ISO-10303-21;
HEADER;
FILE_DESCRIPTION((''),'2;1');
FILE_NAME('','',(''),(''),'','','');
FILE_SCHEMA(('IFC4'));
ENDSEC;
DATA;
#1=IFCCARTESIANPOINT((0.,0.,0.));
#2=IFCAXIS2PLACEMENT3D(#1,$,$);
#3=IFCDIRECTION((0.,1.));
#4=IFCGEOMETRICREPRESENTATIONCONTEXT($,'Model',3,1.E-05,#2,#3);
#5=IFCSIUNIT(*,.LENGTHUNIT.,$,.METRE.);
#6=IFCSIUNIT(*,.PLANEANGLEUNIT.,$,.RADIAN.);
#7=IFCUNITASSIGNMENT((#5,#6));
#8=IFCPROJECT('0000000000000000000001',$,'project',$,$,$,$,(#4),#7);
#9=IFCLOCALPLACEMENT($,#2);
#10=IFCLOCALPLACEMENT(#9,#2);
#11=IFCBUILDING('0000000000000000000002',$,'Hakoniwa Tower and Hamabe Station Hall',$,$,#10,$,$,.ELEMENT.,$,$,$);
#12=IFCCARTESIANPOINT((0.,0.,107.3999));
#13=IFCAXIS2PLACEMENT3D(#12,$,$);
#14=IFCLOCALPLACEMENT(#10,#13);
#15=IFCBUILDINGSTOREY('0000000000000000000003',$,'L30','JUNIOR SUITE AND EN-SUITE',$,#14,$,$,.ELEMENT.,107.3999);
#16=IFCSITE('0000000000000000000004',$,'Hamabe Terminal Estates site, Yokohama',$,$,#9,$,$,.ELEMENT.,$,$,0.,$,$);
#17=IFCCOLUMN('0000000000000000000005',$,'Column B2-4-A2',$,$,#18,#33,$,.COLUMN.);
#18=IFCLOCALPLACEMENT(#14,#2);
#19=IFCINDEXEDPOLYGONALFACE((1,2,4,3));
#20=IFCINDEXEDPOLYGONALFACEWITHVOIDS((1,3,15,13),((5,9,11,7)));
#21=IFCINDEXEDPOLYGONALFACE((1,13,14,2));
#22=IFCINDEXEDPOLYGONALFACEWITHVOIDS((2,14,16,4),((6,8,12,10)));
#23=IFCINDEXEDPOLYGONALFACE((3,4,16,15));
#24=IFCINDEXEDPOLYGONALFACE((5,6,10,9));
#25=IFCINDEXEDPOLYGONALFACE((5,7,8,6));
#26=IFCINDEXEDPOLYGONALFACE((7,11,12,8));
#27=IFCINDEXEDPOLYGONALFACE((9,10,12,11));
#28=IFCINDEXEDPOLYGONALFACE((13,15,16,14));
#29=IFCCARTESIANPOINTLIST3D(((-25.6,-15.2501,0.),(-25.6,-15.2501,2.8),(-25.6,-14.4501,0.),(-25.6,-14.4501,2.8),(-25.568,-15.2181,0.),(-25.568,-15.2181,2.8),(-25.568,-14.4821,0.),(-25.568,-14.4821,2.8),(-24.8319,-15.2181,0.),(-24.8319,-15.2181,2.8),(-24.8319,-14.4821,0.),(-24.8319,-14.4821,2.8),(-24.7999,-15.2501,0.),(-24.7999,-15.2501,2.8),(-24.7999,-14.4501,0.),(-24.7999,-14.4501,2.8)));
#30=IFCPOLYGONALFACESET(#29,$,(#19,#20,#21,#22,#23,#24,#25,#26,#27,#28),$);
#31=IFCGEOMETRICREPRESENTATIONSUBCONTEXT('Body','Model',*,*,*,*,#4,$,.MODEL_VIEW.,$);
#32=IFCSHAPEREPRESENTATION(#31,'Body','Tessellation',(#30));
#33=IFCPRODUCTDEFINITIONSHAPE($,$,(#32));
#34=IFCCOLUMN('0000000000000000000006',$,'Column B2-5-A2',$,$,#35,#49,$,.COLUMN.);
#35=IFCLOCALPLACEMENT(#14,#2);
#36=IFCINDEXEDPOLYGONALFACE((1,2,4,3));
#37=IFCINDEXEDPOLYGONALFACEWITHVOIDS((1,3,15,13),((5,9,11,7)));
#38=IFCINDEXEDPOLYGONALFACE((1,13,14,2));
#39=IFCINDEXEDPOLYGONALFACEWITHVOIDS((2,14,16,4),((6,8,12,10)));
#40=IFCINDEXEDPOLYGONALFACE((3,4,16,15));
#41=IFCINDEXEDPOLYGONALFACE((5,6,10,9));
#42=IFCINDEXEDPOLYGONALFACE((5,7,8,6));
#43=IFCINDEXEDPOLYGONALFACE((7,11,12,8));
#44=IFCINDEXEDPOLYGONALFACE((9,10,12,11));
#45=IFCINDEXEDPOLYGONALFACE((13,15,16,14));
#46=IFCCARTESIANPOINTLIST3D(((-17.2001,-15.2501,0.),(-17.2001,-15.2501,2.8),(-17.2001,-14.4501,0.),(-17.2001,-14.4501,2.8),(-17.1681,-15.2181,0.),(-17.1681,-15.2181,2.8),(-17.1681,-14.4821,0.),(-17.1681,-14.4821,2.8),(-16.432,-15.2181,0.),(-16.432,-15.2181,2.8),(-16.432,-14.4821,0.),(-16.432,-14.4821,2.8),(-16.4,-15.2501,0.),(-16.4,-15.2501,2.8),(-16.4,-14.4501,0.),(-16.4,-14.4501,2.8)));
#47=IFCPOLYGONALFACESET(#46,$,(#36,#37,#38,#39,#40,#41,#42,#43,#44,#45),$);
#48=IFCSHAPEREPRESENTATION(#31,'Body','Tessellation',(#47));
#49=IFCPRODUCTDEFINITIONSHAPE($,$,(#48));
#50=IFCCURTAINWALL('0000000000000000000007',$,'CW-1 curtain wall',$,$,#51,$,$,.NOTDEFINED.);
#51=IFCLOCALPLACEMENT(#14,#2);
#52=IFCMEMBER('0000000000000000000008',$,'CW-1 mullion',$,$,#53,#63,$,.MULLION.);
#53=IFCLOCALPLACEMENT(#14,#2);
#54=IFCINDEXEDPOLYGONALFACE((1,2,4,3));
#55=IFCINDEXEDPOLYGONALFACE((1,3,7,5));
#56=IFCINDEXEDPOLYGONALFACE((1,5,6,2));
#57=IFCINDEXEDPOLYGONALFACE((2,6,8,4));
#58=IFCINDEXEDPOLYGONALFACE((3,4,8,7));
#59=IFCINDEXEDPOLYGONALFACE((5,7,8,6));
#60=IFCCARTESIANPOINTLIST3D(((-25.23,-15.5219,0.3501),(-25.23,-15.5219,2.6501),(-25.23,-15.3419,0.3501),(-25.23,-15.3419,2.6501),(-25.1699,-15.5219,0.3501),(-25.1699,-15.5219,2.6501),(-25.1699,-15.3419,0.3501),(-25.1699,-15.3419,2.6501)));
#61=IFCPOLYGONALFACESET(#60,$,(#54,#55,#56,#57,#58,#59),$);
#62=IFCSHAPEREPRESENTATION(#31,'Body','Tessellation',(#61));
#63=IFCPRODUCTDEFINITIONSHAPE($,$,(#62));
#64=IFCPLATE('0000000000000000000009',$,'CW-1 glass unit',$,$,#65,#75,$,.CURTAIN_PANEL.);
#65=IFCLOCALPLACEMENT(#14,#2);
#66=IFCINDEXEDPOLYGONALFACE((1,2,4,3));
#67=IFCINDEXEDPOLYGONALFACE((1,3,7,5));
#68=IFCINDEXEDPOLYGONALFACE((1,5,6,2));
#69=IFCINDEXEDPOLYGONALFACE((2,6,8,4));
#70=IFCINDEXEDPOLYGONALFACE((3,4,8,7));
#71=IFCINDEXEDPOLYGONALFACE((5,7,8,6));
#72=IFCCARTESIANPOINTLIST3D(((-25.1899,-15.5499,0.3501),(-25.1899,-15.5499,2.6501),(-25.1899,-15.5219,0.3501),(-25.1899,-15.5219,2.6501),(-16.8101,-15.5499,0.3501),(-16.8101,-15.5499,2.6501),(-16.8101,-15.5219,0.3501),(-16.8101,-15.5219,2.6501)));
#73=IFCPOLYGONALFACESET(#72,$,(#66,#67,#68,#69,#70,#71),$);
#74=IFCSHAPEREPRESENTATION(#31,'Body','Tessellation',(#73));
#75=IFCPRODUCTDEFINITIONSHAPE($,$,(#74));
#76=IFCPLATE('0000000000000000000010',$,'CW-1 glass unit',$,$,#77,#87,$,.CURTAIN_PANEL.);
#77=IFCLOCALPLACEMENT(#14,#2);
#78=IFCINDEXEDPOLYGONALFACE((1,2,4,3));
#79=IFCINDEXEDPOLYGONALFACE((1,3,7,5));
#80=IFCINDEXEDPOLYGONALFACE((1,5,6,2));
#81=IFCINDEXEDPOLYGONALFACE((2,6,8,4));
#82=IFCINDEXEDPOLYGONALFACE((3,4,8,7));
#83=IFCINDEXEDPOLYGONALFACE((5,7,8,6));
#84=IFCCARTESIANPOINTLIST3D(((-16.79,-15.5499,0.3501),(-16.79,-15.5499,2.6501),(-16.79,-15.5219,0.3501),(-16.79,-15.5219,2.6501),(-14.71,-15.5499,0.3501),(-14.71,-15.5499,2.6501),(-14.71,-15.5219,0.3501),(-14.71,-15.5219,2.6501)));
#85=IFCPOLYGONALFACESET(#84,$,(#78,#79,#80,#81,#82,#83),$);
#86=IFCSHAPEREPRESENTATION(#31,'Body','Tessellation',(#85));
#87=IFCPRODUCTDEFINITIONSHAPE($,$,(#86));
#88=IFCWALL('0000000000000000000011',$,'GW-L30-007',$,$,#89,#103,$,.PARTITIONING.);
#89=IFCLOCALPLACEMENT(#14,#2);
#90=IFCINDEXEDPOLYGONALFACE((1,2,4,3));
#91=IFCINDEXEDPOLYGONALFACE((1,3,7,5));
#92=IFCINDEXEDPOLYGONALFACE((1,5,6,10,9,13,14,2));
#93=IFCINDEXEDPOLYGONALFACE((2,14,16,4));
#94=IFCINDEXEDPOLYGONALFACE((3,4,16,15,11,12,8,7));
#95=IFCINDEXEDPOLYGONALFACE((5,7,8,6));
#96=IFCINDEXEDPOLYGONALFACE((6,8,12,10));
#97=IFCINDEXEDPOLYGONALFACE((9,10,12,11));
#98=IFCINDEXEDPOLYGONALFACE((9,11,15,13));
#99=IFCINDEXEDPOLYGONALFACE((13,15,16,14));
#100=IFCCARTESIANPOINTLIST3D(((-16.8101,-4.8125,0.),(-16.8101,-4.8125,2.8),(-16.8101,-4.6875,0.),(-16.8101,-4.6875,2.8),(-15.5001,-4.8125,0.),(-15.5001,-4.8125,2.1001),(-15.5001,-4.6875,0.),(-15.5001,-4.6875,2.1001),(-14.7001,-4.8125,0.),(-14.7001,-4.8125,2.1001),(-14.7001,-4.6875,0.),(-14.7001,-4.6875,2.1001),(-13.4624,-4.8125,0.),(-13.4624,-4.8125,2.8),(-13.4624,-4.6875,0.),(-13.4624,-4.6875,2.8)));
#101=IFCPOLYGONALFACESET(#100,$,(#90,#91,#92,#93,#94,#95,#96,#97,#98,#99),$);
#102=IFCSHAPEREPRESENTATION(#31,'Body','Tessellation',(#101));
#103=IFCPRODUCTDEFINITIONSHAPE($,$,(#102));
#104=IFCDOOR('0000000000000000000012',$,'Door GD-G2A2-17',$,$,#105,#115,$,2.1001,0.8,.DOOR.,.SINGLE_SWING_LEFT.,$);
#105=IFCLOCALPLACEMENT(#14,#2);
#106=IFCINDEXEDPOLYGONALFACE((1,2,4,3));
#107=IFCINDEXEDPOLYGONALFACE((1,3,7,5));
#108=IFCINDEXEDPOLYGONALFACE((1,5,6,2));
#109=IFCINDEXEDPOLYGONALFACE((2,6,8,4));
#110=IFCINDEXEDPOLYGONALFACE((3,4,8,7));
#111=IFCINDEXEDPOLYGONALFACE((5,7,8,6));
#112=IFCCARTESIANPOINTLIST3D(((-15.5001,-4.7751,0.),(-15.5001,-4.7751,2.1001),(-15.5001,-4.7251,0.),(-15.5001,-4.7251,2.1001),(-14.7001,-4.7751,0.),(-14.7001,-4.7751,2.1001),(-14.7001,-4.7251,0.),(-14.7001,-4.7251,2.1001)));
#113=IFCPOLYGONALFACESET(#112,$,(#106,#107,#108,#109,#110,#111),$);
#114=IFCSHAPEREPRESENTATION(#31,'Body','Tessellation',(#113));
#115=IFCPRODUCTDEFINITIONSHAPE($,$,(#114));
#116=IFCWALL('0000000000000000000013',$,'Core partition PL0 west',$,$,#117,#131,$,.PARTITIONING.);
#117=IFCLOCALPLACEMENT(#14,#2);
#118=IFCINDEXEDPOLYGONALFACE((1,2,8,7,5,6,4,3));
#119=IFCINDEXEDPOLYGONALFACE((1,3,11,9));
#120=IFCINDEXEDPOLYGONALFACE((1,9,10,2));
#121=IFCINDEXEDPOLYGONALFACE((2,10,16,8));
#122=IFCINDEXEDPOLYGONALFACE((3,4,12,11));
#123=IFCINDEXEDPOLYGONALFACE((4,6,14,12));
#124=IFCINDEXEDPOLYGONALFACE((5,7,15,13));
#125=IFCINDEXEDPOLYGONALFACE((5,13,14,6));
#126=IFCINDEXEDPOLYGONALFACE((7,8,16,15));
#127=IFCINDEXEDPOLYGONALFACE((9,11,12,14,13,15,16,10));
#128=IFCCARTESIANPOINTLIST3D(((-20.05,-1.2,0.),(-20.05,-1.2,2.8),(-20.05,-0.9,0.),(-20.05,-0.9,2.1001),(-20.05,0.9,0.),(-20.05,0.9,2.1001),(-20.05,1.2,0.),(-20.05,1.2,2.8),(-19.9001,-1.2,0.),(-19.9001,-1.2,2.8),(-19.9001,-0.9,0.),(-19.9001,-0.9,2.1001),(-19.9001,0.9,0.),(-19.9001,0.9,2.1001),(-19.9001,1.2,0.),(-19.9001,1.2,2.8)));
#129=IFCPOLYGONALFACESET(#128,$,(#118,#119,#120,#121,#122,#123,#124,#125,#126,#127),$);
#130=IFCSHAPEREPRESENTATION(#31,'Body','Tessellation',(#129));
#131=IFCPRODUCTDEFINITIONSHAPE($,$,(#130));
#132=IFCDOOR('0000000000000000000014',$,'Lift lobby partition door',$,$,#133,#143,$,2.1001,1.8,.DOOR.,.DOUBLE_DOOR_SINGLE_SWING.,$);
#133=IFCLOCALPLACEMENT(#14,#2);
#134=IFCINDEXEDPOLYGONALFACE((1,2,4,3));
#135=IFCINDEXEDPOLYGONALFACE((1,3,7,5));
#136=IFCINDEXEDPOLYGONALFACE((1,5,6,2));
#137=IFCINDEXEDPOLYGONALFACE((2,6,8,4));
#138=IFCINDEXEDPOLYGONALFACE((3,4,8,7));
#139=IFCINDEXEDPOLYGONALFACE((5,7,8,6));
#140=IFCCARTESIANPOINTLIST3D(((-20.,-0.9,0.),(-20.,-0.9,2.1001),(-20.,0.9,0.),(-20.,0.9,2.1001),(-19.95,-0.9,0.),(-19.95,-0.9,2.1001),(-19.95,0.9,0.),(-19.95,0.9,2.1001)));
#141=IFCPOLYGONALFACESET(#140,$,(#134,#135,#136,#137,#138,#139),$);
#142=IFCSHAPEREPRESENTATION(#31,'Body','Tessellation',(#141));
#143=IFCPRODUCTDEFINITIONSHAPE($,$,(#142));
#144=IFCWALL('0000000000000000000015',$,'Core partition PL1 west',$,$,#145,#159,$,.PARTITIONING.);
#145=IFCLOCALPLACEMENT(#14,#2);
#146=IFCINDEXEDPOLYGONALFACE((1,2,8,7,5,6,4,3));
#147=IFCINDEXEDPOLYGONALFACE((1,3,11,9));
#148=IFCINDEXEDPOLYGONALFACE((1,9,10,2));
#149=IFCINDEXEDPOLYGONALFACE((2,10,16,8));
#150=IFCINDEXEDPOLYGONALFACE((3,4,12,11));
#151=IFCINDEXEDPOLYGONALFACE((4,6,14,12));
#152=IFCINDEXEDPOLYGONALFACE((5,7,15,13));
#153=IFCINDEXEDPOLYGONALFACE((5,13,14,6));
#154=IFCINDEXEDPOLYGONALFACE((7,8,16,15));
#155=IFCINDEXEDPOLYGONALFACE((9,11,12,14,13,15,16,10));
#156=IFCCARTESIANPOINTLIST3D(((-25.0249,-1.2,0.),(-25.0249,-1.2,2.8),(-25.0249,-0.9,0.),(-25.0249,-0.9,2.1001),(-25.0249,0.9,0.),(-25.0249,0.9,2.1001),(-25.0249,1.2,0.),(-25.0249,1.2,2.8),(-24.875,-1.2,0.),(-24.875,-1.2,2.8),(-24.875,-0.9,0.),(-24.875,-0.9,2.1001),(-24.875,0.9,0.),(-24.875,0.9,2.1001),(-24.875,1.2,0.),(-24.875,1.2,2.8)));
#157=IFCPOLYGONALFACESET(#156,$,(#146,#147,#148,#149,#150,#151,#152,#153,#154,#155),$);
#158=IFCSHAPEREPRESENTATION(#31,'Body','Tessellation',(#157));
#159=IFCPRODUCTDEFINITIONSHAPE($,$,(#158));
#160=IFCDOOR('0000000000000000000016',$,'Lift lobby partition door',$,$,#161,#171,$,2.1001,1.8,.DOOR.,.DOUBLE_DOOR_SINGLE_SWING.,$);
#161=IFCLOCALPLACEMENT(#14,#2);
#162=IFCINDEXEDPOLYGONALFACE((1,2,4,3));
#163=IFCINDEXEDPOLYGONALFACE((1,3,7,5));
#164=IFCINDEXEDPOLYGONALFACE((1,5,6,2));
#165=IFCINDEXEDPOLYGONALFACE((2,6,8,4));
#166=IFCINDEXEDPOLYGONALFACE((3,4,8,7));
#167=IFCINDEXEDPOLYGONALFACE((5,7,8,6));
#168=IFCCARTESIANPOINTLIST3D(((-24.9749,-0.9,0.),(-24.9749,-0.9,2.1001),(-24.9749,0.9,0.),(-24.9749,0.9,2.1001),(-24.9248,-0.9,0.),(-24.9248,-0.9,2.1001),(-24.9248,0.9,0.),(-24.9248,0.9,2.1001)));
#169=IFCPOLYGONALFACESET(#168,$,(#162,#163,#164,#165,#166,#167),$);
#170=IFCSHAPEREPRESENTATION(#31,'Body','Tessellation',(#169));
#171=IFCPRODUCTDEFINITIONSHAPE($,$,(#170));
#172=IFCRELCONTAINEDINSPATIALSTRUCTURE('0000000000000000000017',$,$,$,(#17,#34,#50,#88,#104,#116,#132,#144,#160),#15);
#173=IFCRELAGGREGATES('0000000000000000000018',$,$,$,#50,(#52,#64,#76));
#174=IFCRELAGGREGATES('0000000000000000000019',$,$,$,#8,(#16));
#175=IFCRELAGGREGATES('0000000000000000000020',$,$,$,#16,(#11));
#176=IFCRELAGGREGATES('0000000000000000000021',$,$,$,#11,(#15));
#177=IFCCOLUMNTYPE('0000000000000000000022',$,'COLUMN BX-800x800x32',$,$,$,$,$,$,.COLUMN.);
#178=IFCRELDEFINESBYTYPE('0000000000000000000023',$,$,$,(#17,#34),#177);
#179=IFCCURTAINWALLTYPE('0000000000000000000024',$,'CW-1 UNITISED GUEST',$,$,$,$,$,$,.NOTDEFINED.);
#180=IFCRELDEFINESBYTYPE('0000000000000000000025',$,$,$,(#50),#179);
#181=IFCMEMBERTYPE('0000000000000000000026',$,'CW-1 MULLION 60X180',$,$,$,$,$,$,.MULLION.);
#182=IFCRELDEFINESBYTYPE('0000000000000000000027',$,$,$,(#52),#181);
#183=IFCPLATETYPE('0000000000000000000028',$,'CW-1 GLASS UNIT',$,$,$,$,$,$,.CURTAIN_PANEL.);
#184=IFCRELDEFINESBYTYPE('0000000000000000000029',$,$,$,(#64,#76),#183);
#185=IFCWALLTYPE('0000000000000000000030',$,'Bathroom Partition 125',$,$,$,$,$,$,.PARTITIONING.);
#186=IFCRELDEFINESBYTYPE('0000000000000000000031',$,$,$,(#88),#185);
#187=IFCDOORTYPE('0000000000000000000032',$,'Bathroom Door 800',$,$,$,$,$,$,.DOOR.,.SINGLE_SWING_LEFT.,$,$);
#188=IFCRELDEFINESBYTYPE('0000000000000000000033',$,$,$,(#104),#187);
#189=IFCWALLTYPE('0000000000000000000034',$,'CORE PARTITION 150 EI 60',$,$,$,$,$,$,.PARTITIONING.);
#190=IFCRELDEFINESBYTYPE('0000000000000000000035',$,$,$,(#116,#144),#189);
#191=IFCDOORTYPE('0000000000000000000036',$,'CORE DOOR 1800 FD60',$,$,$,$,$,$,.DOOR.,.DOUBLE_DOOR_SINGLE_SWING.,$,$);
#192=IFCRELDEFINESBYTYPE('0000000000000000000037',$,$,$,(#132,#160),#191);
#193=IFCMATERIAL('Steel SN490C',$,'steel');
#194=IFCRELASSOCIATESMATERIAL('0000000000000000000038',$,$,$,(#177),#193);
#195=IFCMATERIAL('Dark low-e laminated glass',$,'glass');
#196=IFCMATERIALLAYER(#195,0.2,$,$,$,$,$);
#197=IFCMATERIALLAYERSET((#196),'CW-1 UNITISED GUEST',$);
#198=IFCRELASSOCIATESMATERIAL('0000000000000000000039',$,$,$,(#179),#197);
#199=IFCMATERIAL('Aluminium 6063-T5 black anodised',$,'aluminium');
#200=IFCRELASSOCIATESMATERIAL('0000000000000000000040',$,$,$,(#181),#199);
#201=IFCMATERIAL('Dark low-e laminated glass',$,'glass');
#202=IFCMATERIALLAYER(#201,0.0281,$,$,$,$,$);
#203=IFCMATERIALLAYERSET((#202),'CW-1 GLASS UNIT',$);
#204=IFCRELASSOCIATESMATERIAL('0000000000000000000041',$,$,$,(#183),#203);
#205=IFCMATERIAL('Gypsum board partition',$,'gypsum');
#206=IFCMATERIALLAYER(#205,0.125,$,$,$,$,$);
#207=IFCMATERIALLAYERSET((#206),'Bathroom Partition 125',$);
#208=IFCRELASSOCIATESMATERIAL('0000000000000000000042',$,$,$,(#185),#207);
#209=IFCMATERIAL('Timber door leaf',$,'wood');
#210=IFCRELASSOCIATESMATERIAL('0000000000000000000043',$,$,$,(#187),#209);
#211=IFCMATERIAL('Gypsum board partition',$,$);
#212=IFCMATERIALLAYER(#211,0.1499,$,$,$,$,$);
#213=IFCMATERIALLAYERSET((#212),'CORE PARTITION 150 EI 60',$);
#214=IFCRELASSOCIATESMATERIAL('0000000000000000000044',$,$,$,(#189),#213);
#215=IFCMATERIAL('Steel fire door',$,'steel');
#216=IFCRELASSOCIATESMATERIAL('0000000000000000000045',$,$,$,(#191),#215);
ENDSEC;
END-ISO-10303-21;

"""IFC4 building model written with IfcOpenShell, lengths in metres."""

from ifc_helpers import new_model, si_unit, direction, frame, frame_2d, origin, origin_2d, place, context, subcontext, project, spatial, rectangle, hollow_rectangle, extrude, material, layer, layer_set, material_profile, profile_set, type_object, element, fill, aggregate, save


model = new_model("IFC4")

# Units and contexts
model_context = context("Model", 3, precision=1e-05, world=origin(), true_north=direction((0.0, 1.0)))
body_context = subcontext(model_context, "Body", "Model", "MODEL_VIEW")
ifc_project = project(units=[si_unit("LENGTHUNIT", "METRE"), si_unit("PLANEANGLEUNIT", "RADIAN")], contexts=[model_context])

# Site, building, storey
site_placement = place(None, origin())
site = spatial("IfcSite", under=ifc_project, at=site_placement, Name="Hamabe Terminal Estates site, Yokohama", CompositionType="ELEMENT", RefElevation=0.0)
building_placement = place(site_placement, origin())
building = spatial("IfcBuilding", under=site, at=building_placement, Name="Hakoniwa Tower and Hamabe Station Hall", CompositionType="ELEMENT")
storey_placement = place(building_placement, frame((0.0, 0.0, 107.3999)))
storey = spatial("IfcBuildingStorey", under=building, at=storey_placement, Name="L30", Description="JUNIOR SUITE AND EN-SUITE", CompositionType="ELEMENT", Elevation=107.3999)

# Columns
ifc_material_1 = material(Name="Steel SN490C", Category="steel")
ifc_material_profile_1 = material_profile(ifc_material_1, hollow_rectangle(XDim=0.8, YDim=0.8, WallThickness=0.032, at=origin_2d()), Name="BX-800x800x32")
ifc_profile_set_1 = profile_set([ifc_material_profile_1], Name="Steel SN490C")
column_type = type_object("IfcColumnType", Name="COLUMN BX-800x800x32", PredefinedType="COLUMN", material=ifc_profile_set_1)
for number, where, z_axis, x_axis, name in (
    (1, (-25.2, -14.8501, 0.0), (0.0, 0.0, 1.0), (1.0, 0.0, 0.0), "Column B2-4-A2"),
    (2, (-16.8, -14.8501, 0.0), (0.0, 0.0, 1.0), (1.0, 0.0, 0.0), "Column B2-5-A2"),
):
    element("IfcColumn", number, at=place(storey_placement, frame(where, z_axis=z_axis, x_axis=x_axis)), inside=storey, type_object=column_type, Name=name, PredefinedType="COLUMN", context=body_context, shape_type="SweptSolid", body=[
        extrude(hollow_rectangle(XDim=0.8, YDim=0.8, WallThickness=0.032, at=origin_2d()), origin(), (0.0, 0.0, 1.0), 2.8),
    ])

# Curtain wall, member, plates
ifc_material_2 = material(Name="Dark low-e laminated glass", Category="glass")
ifc_layer_1 = layer(ifc_material_2, 0.2)
ifc_layer_set_1 = layer_set([ifc_layer_1], Name="CW-1 UNITISED GUEST")
curtain_wall_type = type_object("IfcCurtainWallType", Name="CW-1 UNITISED GUEST", PredefinedType="NOTDEFINED", material=ifc_layer_set_1)
curtain_wall_placement = place(storey_placement, origin())
curtain_wall = element("IfcCurtainWall", 3, at=curtain_wall_placement, inside=storey, type_object=curtain_wall_type, Name="CW-1 curtain wall", PredefinedType="NOTDEFINED")
ifc_material_3 = material(Name="Aluminium 6063-T5 black anodised", Category="aluminium")
ifc_material_profile_2 = material_profile(ifc_material_3, rectangle(XDim=0.0601, YDim=0.1799, at=origin_2d()), Name="CW-1 MULLION 60X180")
ifc_profile_set_2 = profile_set([ifc_material_profile_2], Name="Aluminium 6063-T5 black anodised")
member_type = type_object("IfcMemberType", Name="CW-1 MULLION 60X180", PredefinedType="MULLION", material=ifc_profile_set_2)
member_placement = place(storey_placement, frame((-25.2, -15.4319, 0.3501), z_axis=(0.0, 0.0, 1.0), x_axis=(1.0, 0.0, 0.0)))
member = element("IfcMember", 4, at=member_placement, type_object=member_type, Name="CW-1 mullion", PredefinedType="MULLION", context=body_context, shape_type="SweptSolid", body=[
    extrude(rectangle(XDim=0.0601, YDim=0.1799, at=origin_2d()), origin(), (0.0, 0.0, 1.0), 2.3),
])
ifc_material_4 = material(Name="Dark low-e laminated glass", Category="glass")
ifc_layer_2 = layer(ifc_material_4, 0.0281)
ifc_layer_set_2 = layer_set([ifc_layer_2], Name="CW-1 GLASS UNIT")
plate_type = type_object("IfcPlateType", Name="CW-1 GLASS UNIT", PredefinedType="CURTAIN_PANEL", material=ifc_layer_set_2)
plate_1_placement = place(storey_placement, frame((-21.0, -15.5359, 0.3501), z_axis=(0.0, 0.0, 1.0), x_axis=(1.0, 0.0, 0.0)))
plate_1 = element("IfcPlate", 5, at=plate_1_placement, type_object=plate_type, Name="CW-1 glass unit", PredefinedType="CURTAIN_PANEL", context=body_context, shape_type="SweptSolid", body=[
    extrude(rectangle(XDim=8.3799, YDim=0.0281, at=origin_2d()), origin(), (0.0, 0.0, 1.0), 2.3),
])
plate_2_placement = place(storey_placement, frame((-15.75, -15.5359, 0.3501), z_axis=(0.0, 0.0, 1.0), x_axis=(1.0, 0.0, 0.0)))
plate_2 = element("IfcPlate", 6, at=plate_2_placement, type_object=plate_type, Name="CW-1 glass unit", PredefinedType="CURTAIN_PANEL", context=body_context, shape_type="SweptSolid", body=[
    extrude(rectangle(XDim=2.0801, YDim=0.0281, at=origin_2d()), origin(), (0.0, 0.0, 1.0), 2.3),
])
aggregate(curtain_wall, [member, plate_1, plate_2])

# Walls, openings, doors
ifc_material_5 = material(Name="Gypsum board partition", Category="gypsum")
ifc_layer_3 = layer(ifc_material_5, 0.125)
ifc_layer_set_3 = layer_set([ifc_layer_3], Name="Bathroom Partition 125")
wall_type_1 = type_object("IfcWallType", Name="Bathroom Partition 125", PredefinedType="PARTITIONING", material=ifc_layer_set_3)
wall_1_placement = place(storey_placement, frame((-16.8101, -4.75, 0.0), z_axis=(0.0, 0.0, 1.0), x_axis=(1.0, 0.0, 0.0)))
wall_1 = element("IfcWall", 7, at=wall_1_placement, inside=storey, type_object=wall_type_1, Name="GW-L30-007", PredefinedType="PARTITIONING", context=body_context, shape_type="SweptSolid", body=[
    extrude(rectangle(XDim=3.3477, YDim=0.125, at=frame_2d((1.6738, 0.0))), origin(), (0.0, 0.0, 1.0), 2.8),
])
opening_1_placement = place(wall_1_placement, frame((1.3101, 0.0, 0.0)))
opening_1 = element("IfcOpeningElement", 8, at=opening_1_placement, cuts=wall_1, PredefinedType="OPENING", context=body_context, shape_type="SweptSolid", body=[
    extrude(rectangle(XDim=0.8, YDim=2.1001, at=frame_2d((0.3999, 1.05))), frame((0.0, 0.0725, 0.0), z_axis=(0.0, -1.0, 0.0), x_axis=(1.0, 0.0, 0.0)), (0.0, 0.0, 1.0), 0.145),
])
ifc_material_6 = material(Name="Timber door leaf", Category="wood")
door_type_1 = type_object("IfcDoorType", Name="Bathroom Door 800", OperationType="SINGLE_SWING_LEFT", PredefinedType="DOOR", material=ifc_material_6)
door_1_placement = place(opening_1_placement, origin())
door_1 = element("IfcDoor", 9, at=door_1_placement, inside=storey, type_object=door_type_1, Name="Door GD-G2A2-17", OperationType="SINGLE_SWING_LEFT", OverallHeight=2.1001, OverallWidth=0.8, PredefinedType="DOOR", context=body_context, shape_type="SweptSolid", body=[
    extrude(rectangle(XDim=0.8, YDim=2.1001, at=frame_2d((0.3999, 1.05))), frame((0.0, 0.0249, 0.0), z_axis=(0.0, -1.0, 0.0), x_axis=(1.0, 0.0, 0.0)), (0.0, 0.0, 1.0), 0.05),
])
fill(opening_1, door_1)
ifc_material_7 = material(Name="Gypsum board partition")
ifc_layer_4 = layer(ifc_material_7, 0.1499)
ifc_layer_set_4 = layer_set([ifc_layer_4], Name="CORE PARTITION 150 EI 60")
wall_type_2 = type_object("IfcWallType", Name="CORE PARTITION 150 EI 60", PredefinedType="PARTITIONING", material=ifc_layer_set_4)
wall_2_placement = place(storey_placement, frame((-19.9751, -1.2, 0.0), z_axis=(0.0, 0.0, 1.0), x_axis=(0.0, 1.0, 0.0)))
wall_2 = element("IfcWall", 10, at=wall_2_placement, inside=storey, type_object=wall_type_2, Name="Core partition PL0 west", PredefinedType="PARTITIONING", context=body_context, shape_type="SweptSolid", body=[
    extrude(rectangle(XDim=2.3999, YDim=0.1499, at=frame_2d((1.2, 0.0))), origin(), (0.0, 0.0, 1.0), 2.8),
])
opening_2_placement = place(wall_2_placement, frame((0.3, 0.0, 0.0)))
opening_2 = element("IfcOpeningElement", 11, at=opening_2_placement, cuts=wall_2, PredefinedType="OPENING", context=body_context, shape_type="SweptSolid", body=[
    extrude(rectangle(XDim=1.8, YDim=2.1001, at=frame_2d((0.8999, 1.05))), frame((0.0, 0.085, 0.0), z_axis=(0.0, -1.0, 0.0), x_axis=(1.0, 0.0, 0.0)), (0.0, 0.0, 1.0), 0.1699),
])
ifc_material_8 = material(Name="Steel fire door", Category="steel")
door_type_2 = type_object("IfcDoorType", Name="CORE DOOR 1800 FD60", OperationType="DOUBLE_DOOR_SINGLE_SWING", PredefinedType="DOOR", material=ifc_material_8)
door_2_placement = place(opening_2_placement, origin())
door_2 = element("IfcDoor", 12, at=door_2_placement, inside=storey, type_object=door_type_2, Name="Lift lobby partition door", OperationType="DOUBLE_DOOR_SINGLE_SWING", OverallHeight=2.1001, OverallWidth=1.8, PredefinedType="DOOR", context=body_context, shape_type="SweptSolid", body=[
    extrude(rectangle(XDim=1.8, YDim=2.1001, at=frame_2d((0.8999, 1.05))), frame((0.0, 0.0249, 0.0), z_axis=(0.0, -1.0, 0.0), x_axis=(1.0, 0.0, 0.0)), (0.0, 0.0, 1.0), 0.05),
])
fill(opening_2, door_2)
wall_3_placement = place(storey_placement, frame((-24.95, -1.2, 0.0), z_axis=(0.0, 0.0, 1.0), x_axis=(0.0, 1.0, 0.0)))
wall_3 = element("IfcWall", 13, at=wall_3_placement, inside=storey, type_object=wall_type_2, Name="Core partition PL1 west", PredefinedType="PARTITIONING", context=body_context, shape_type="SweptSolid", body=[
    extrude(rectangle(XDim=2.3999, YDim=0.1499, at=frame_2d((1.2, 0.0))), origin(), (0.0, 0.0, 1.0), 2.8),
])
opening_3_placement = place(wall_3_placement, frame((0.3, 0.0, 0.0)))
opening_3 = element("IfcOpeningElement", 14, at=opening_3_placement, cuts=wall_3, PredefinedType="OPENING", context=body_context, shape_type="SweptSolid", body=[
    extrude(rectangle(XDim=1.8, YDim=2.1001, at=frame_2d((0.8999, 1.05))), frame((0.0, 0.085, 0.0), z_axis=(0.0, -1.0, 0.0), x_axis=(1.0, 0.0, 0.0)), (0.0, 0.0, 1.0), 0.1699),
])
door_3_placement = place(opening_3_placement, origin())
door_3 = element("IfcDoor", 15, at=door_3_placement, inside=storey, type_object=door_type_2, Name="Lift lobby partition door", OperationType="DOUBLE_DOOR_SINGLE_SWING", OverallHeight=2.1001, OverallWidth=1.8, PredefinedType="DOOR", context=body_context, shape_type="SweptSolid", body=[
    extrude(rectangle(XDim=1.8, YDim=2.1001, at=frame_2d((0.8999, 1.05))), frame((0.0, 0.0249, 0.0), z_axis=(0.0, -1.0, 0.0), x_axis=(1.0, 0.0, 0.0)), (0.0, 0.0, 1.0), 0.05),
])
fill(opening_3, door_3)

save(model, "model.ifc")
